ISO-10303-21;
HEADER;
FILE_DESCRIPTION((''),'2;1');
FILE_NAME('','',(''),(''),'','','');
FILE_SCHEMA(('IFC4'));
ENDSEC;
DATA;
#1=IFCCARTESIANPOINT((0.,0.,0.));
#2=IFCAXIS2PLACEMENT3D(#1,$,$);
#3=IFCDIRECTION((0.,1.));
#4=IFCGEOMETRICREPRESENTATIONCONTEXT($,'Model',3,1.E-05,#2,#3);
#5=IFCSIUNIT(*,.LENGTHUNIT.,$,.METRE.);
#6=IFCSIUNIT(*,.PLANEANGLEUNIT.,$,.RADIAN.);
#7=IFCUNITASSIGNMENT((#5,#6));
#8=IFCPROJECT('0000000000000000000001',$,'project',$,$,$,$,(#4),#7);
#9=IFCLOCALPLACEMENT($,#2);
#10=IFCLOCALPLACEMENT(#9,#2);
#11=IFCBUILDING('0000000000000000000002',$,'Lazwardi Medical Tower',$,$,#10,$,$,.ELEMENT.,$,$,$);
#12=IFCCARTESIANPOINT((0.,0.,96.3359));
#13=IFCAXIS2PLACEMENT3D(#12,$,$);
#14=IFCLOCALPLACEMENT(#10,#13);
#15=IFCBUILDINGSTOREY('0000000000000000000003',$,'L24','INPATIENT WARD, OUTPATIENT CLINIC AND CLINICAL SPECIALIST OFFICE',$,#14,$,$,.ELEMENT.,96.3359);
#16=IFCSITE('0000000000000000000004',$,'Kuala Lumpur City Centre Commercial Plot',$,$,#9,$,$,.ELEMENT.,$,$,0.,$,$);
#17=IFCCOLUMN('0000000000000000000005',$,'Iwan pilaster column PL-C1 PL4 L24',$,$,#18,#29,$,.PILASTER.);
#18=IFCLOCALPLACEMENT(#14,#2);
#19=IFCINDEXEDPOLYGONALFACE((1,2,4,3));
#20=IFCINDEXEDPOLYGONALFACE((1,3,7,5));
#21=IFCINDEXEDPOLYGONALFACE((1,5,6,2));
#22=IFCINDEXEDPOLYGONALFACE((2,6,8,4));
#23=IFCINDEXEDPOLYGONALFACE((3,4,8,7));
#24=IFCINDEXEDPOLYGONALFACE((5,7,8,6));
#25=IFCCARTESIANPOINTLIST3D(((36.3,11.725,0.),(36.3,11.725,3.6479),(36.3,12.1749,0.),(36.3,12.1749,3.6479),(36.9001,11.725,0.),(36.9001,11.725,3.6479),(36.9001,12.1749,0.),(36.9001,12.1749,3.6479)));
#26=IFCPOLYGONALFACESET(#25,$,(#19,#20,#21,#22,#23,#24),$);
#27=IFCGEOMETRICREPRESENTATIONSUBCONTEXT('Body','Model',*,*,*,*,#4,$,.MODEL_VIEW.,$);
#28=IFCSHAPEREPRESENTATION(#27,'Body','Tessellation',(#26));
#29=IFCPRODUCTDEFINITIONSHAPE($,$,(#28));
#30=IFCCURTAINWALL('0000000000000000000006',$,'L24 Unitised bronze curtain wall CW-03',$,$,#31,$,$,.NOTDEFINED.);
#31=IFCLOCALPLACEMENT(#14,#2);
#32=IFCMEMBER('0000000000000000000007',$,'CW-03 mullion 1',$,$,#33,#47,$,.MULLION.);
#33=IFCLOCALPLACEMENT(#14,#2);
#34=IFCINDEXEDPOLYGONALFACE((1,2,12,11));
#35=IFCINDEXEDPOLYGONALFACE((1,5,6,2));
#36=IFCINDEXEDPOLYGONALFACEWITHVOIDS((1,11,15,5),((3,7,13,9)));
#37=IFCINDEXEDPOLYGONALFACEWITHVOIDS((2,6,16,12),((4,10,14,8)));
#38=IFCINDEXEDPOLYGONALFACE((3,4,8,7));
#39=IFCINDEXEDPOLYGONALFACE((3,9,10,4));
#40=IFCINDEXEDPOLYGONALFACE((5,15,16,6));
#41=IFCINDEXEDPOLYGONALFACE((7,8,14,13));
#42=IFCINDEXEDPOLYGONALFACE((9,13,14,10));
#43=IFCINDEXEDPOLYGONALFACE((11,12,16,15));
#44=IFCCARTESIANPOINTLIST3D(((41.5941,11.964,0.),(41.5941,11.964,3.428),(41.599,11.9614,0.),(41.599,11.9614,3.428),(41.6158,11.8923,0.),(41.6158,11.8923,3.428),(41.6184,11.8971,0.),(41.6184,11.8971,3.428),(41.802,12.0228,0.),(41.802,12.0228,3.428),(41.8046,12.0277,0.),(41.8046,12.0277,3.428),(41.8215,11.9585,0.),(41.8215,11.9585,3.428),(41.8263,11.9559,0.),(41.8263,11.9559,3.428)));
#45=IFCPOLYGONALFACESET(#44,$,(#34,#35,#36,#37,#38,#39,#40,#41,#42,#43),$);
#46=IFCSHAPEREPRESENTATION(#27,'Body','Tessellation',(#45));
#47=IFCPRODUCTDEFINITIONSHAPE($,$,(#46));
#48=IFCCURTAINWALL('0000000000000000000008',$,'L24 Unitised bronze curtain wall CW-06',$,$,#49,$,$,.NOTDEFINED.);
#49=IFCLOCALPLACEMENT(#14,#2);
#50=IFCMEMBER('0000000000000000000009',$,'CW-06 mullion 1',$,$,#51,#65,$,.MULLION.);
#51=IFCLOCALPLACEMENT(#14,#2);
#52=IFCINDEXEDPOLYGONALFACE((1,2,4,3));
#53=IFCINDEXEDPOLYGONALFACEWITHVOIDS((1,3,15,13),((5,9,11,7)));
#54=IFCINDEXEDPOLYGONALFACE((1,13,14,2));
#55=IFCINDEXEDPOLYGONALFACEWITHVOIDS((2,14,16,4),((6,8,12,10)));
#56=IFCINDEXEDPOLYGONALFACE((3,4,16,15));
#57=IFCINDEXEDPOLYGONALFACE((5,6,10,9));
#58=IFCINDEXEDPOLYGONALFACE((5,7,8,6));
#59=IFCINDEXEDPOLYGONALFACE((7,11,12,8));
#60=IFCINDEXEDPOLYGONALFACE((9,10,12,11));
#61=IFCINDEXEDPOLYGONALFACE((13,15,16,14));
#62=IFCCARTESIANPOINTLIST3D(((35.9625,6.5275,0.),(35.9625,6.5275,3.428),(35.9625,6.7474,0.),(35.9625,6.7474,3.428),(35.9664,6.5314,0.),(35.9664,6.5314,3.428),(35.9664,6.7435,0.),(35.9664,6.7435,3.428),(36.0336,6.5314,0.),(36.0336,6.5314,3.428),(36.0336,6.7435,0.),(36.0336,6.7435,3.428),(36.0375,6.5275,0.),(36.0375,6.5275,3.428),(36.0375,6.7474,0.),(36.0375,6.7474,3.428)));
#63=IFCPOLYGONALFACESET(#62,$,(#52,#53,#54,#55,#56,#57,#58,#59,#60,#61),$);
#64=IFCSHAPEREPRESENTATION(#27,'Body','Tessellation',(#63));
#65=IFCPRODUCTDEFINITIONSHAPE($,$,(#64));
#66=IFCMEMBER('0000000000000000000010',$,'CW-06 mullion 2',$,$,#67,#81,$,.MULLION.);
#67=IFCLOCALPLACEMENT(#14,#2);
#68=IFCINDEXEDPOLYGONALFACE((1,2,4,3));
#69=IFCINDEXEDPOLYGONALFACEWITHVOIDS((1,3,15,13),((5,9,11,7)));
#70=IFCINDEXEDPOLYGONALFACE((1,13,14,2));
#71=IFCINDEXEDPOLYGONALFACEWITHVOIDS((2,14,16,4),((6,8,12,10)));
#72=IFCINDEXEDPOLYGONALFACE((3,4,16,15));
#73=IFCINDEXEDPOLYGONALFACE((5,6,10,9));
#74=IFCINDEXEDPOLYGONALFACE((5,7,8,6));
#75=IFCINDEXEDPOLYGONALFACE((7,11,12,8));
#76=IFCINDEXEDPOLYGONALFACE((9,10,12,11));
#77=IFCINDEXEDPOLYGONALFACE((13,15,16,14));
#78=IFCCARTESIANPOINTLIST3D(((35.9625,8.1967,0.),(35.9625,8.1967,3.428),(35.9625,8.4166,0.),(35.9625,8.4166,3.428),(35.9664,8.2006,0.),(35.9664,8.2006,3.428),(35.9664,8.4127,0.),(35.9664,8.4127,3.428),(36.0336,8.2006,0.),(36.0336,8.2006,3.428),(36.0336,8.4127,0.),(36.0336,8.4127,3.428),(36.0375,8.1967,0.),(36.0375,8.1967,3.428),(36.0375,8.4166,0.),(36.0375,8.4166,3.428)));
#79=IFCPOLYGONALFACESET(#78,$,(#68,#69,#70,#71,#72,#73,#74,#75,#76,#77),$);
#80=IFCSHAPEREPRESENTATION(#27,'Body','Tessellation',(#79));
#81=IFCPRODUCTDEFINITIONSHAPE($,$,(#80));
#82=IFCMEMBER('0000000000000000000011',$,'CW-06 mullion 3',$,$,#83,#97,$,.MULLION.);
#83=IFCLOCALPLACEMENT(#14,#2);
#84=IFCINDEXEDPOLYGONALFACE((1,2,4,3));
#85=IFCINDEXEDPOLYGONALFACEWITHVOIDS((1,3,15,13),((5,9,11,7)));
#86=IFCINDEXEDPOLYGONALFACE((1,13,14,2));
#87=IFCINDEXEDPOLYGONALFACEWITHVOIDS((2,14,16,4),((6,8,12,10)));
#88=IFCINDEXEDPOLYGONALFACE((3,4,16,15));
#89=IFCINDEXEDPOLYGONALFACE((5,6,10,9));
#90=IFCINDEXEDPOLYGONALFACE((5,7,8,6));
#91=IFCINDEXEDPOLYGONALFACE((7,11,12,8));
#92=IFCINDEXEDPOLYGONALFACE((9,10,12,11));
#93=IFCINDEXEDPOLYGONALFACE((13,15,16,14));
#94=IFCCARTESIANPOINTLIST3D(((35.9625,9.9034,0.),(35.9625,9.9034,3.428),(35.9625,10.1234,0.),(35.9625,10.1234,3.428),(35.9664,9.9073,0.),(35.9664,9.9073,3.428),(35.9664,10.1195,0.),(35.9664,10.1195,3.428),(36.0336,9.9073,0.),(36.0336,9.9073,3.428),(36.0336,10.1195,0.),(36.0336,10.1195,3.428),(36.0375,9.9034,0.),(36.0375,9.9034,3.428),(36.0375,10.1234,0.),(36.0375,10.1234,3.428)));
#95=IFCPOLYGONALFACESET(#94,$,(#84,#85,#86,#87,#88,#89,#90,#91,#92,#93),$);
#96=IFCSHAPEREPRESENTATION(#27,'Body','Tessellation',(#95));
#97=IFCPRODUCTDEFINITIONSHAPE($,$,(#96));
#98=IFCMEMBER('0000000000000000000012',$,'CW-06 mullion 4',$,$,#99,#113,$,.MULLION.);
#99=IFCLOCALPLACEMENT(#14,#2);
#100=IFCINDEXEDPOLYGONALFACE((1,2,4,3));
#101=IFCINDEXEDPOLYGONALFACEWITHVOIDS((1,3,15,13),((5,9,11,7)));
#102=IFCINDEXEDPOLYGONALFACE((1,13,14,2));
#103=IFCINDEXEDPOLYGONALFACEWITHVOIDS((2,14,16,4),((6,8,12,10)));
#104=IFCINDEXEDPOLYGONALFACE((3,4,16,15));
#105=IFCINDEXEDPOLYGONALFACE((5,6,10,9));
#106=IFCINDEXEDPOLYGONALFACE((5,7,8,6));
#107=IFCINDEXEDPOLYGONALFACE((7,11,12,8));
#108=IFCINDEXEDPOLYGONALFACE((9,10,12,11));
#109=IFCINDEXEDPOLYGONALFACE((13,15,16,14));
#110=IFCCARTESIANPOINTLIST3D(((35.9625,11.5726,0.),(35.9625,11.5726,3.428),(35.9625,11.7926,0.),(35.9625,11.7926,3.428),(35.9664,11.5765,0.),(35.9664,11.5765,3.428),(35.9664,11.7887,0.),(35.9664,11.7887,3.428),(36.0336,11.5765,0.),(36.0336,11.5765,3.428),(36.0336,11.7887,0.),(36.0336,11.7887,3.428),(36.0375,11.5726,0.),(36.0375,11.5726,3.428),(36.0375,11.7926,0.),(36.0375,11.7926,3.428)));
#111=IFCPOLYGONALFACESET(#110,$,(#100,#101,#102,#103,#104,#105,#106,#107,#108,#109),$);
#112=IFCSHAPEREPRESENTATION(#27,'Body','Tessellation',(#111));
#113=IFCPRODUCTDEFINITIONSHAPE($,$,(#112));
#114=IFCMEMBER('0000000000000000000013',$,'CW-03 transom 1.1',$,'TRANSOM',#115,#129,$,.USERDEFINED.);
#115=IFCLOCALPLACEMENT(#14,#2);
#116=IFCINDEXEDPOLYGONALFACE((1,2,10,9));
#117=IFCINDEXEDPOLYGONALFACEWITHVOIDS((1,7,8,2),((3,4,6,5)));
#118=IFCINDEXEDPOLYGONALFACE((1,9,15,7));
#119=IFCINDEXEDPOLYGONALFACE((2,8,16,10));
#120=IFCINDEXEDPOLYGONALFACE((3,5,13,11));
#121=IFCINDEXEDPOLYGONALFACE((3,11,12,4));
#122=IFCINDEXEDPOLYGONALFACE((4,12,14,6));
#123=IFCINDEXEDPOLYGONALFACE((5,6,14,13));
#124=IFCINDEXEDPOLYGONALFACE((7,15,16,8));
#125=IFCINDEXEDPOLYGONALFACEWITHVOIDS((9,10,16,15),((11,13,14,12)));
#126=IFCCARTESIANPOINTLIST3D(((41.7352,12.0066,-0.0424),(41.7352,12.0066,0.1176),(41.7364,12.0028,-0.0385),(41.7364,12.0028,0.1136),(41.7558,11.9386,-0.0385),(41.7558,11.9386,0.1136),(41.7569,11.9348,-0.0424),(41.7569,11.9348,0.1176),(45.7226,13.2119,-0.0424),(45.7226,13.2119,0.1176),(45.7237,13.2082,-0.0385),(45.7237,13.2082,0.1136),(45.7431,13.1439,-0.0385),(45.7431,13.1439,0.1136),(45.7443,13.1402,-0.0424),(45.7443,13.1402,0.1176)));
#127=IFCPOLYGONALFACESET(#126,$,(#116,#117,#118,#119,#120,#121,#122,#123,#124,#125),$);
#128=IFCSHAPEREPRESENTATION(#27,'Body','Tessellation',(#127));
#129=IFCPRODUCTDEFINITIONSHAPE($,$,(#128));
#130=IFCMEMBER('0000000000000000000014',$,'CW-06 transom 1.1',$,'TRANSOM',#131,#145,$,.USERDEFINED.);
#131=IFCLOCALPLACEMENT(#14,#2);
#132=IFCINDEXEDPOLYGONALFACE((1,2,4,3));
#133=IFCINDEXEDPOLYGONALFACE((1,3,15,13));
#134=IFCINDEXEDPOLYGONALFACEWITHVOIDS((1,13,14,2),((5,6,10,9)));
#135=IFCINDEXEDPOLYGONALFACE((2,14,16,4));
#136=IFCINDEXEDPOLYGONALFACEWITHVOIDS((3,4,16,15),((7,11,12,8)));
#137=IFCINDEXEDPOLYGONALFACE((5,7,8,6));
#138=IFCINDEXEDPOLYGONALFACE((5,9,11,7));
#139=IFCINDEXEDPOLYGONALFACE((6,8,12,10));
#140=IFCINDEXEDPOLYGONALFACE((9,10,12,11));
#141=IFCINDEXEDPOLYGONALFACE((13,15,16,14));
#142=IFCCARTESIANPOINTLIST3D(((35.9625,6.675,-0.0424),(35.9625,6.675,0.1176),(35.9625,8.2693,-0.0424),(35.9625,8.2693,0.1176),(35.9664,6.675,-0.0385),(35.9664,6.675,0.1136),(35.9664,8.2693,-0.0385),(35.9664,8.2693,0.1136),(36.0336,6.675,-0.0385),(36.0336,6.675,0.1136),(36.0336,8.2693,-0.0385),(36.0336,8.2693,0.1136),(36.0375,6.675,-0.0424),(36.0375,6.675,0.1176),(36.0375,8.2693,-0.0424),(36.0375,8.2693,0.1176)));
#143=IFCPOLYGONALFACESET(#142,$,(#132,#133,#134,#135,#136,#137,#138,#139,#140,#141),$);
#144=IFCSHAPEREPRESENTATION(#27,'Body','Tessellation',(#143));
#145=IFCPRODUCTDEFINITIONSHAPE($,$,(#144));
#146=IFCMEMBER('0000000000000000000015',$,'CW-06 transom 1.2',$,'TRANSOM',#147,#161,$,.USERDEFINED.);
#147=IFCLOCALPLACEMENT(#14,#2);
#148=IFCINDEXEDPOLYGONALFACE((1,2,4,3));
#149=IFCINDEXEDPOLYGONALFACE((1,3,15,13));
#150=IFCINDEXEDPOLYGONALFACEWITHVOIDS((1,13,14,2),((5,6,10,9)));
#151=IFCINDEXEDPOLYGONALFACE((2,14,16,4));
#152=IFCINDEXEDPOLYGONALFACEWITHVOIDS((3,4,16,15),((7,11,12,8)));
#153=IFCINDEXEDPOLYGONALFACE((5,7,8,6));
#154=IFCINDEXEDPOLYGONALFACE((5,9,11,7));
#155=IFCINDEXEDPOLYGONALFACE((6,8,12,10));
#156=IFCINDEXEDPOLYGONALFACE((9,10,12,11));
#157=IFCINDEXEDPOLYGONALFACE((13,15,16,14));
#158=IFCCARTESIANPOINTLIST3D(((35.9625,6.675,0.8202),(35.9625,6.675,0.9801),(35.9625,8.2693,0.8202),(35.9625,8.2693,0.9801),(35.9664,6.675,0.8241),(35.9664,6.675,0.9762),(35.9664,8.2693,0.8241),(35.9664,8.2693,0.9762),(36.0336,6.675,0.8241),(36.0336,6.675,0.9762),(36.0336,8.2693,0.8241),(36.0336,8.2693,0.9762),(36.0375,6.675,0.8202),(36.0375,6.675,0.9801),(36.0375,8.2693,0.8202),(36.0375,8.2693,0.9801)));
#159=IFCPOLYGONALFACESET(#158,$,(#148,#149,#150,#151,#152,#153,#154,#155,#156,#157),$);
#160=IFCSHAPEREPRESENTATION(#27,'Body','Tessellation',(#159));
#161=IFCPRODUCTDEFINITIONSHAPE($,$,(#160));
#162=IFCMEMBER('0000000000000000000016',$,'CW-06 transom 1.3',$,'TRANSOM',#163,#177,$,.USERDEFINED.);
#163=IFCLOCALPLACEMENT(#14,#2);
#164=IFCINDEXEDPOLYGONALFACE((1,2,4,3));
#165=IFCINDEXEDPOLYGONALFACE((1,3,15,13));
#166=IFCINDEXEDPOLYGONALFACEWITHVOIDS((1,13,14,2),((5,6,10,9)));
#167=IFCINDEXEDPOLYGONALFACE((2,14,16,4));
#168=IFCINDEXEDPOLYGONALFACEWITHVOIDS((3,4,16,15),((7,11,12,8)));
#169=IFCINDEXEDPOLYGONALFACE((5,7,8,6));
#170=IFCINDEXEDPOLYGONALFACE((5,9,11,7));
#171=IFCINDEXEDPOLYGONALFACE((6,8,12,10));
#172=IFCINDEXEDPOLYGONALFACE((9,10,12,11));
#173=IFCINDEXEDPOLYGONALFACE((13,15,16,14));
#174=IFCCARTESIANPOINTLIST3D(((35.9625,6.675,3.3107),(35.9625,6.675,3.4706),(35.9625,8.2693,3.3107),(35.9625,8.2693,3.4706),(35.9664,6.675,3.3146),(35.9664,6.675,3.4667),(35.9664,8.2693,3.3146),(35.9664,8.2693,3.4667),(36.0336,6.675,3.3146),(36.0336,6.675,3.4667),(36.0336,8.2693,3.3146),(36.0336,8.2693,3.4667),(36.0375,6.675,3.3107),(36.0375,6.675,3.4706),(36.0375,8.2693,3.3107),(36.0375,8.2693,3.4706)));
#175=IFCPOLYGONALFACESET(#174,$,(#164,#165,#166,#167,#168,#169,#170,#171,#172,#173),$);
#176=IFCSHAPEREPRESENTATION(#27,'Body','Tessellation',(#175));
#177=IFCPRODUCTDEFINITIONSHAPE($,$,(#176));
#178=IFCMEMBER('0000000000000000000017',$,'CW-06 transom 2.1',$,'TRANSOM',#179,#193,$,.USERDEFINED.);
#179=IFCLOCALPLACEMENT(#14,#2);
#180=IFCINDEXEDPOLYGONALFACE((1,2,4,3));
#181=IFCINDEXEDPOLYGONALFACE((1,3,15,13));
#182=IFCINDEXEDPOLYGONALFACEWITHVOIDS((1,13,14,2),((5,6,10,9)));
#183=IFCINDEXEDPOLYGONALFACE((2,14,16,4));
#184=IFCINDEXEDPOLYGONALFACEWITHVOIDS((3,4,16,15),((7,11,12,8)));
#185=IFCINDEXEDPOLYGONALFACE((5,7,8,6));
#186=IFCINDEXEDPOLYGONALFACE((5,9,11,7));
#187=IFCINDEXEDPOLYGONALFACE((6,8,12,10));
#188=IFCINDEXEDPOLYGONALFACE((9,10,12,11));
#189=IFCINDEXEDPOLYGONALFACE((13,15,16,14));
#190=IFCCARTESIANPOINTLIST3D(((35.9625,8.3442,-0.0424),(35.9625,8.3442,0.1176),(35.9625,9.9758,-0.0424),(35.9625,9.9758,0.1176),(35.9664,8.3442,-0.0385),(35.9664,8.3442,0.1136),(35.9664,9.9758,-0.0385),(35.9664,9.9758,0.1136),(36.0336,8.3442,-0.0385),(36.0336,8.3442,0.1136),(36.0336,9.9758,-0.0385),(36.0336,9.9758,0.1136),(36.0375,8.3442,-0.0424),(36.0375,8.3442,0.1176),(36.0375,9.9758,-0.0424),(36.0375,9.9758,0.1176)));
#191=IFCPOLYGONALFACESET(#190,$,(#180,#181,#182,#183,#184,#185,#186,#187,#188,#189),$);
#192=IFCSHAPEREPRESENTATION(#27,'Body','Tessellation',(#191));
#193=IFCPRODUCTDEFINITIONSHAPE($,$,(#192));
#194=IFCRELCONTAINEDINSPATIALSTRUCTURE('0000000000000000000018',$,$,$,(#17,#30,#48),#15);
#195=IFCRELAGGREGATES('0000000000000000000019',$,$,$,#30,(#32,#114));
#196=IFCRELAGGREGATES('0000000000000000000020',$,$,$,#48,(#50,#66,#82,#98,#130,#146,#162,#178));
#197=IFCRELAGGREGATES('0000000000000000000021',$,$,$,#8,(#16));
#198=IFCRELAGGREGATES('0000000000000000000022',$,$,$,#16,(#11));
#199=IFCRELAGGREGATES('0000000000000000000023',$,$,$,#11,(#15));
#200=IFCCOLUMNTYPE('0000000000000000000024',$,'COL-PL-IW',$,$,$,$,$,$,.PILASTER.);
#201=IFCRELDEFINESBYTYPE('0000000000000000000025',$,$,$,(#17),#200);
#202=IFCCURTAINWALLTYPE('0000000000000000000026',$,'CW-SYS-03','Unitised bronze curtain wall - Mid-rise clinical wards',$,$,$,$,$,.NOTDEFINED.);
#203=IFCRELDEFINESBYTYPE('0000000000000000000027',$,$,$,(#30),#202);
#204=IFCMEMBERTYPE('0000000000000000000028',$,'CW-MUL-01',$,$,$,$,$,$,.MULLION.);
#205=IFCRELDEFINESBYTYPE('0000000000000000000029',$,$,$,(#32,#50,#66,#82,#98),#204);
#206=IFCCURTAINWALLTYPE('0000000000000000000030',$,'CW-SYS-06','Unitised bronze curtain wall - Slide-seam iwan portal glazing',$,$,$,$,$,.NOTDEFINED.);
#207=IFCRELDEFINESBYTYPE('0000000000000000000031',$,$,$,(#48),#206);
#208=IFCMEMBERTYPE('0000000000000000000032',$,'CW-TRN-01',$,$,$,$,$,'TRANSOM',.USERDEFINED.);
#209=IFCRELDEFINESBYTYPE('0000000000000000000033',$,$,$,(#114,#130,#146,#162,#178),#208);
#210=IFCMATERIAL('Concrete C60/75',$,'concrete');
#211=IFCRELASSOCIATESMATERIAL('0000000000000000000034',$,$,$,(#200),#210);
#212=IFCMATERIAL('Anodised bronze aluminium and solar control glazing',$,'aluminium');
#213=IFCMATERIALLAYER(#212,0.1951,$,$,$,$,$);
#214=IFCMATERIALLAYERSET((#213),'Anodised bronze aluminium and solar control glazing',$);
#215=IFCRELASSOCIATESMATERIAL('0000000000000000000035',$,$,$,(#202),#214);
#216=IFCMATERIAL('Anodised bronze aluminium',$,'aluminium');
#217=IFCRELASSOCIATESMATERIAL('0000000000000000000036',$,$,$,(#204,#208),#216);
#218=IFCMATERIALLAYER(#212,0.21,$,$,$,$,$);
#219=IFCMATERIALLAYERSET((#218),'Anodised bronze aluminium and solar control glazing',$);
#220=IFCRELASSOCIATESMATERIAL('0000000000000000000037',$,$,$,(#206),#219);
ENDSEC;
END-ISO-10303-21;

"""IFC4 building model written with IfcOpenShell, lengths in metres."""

from ifc_helpers import new_model, si_unit, direction, frame, origin, origin_2d, place, context, subcontext, project, spatial, rectangle, hollow_rectangle, extrude, material, layer, layer_set, material_profile, profile_set, type_object, element, aggregate, save


model = new_model("IFC4")

# Units and contexts
model_context = context("Model", 3, precision=1e-05, world=origin(), true_north=direction((0.0, 1.0)))
body_context = subcontext(model_context, "Body", "Model", "MODEL_VIEW")
ifc_project = project(units=[si_unit("LENGTHUNIT", "METRE"), si_unit("PLANEANGLEUNIT", "RADIAN")], contexts=[model_context])

# Site, building, storey
site_placement = place(None, origin())
site = spatial("IfcSite", under=ifc_project, at=site_placement, Name="Kuala Lumpur City Centre Commercial Plot", CompositionType="ELEMENT", RefElevation=0.0)
building_placement = place(site_placement, origin())
building = spatial("IfcBuilding", under=site, at=building_placement, Name="Lazwardi Medical Tower", CompositionType="ELEMENT")
storey_placement = place(building_placement, frame((0.0, 0.0, 96.3359)))
storey = spatial("IfcBuildingStorey", under=building, at=storey_placement, Name="L24", Description="INPATIENT WARD, OUTPATIENT CLINIC AND CLINICAL SPECIALIST OFFICE", CompositionType="ELEMENT", Elevation=96.3359)

# Column
ifc_material_1 = material(Name="Concrete C60/75", Category="concrete")
ifc_material_profile_1 = material_profile(ifc_material_1, rectangle(XDim=0.6001, YDim=0.45, at=origin_2d()), Name="RC 600x450")
ifc_profile_set_1 = profile_set([ifc_material_profile_1], Name="Concrete C60/75")
column_type = type_object("IfcColumnType", Name="COL-PL-IW", PredefinedType="PILASTER", material=ifc_profile_set_1)
column_placement = place(storey_placement, frame((36.6001, 11.95, 0.0), z_axis=(0.0, 0.0, 1.0), x_axis=(1.0, 0.0, 0.0)))
element("IfcColumn", 1, at=column_placement, inside=storey, type_object=column_type, Name="Iwan pilaster column PL-C1 PL4 L24", PredefinedType="PILASTER", context=body_context, shape_type="SweptSolid", body=[
    extrude(rectangle(XDim=0.6001, YDim=0.45, at=origin_2d()), origin(), (0.0, 0.0, 1.0), 3.6479),
])

# Curtain wall, member
ifc_material_2 = material(Name="Anodised bronze aluminium and solar control glazing", Category="aluminium")
ifc_layer_1 = layer(ifc_material_2, 0.1951)
ifc_layer_set_1 = layer_set([ifc_layer_1], Name="Anodised bronze aluminium and solar control glazing")
curtain_wall_type_1 = type_object("IfcCurtainWallType", Name="CW-SYS-03", Description="Unitised bronze curtain wall - Mid-rise clinical wards", PredefinedType="NOTDEFINED", material=ifc_layer_set_1)
curtain_wall_1_placement = place(storey_placement, origin())
curtain_wall_1 = element("IfcCurtainWall", 2, at=curtain_wall_1_placement, inside=storey, type_object=curtain_wall_type_1, Name="L24 Unitised bronze curtain wall CW-03", PredefinedType="NOTDEFINED")
ifc_material_3 = material(Name="Anodised bronze aluminium", Category="aluminium")
ifc_material_profile_2 = material_profile(ifc_material_3, hollow_rectangle(XDim=0.075, YDim=0.22, WallThickness=0.0039, at=origin_2d()), Name="ALU-MULLION 220x75x4")
ifc_profile_set_2 = profile_set([ifc_material_profile_2], Name="Anodised bronze aluminium")
member_type_1 = type_object("IfcMemberType", Name="CW-MUL-01", PredefinedType="MULLION", material=ifc_profile_set_2)
member_1_placement = place(storey_placement, frame((41.7102, 11.96, 0.0), z_axis=(0.0, 0.0, 1.0), x_axis=(-0.289374, 0.957216, 0.0)))
member_1 = element("IfcMember", 3, at=member_1_placement, type_object=member_type_1, Name="CW-03 mullion 1", PredefinedType="MULLION", context=body_context, shape_type="SweptSolid", body=[
    extrude(hollow_rectangle(XDim=0.075, YDim=0.22, WallThickness=0.0039, at=origin_2d()), origin(), (0.0, 0.0, 1.0), 3.428),
])

# Curtain wall, members
ifc_layer_2 = layer(ifc_material_2, 0.21)
ifc_layer_set_2 = layer_set([ifc_layer_2], Name="Anodised bronze aluminium and solar control glazing")
curtain_wall_type_2 = type_object("IfcCurtainWallType", Name="CW-SYS-06", Description="Unitised bronze curtain wall - Slide-seam iwan portal glazing", PredefinedType="NOTDEFINED", material=ifc_layer_set_2)
curtain_wall_2_placement = place(storey_placement, origin())
curtain_wall_2 = element("IfcCurtainWall", 4, at=curtain_wall_2_placement, inside=storey, type_object=curtain_wall_type_2, Name="L24 Unitised bronze curtain wall CW-06", PredefinedType="NOTDEFINED")
member_2_placement = place(storey_placement, frame((36.0, 6.6375, 0.0), z_axis=(0.0, 0.0, 1.0), x_axis=(-1.0, 0.0, 0.0)))
member_2 = element("IfcMember", 5, at=member_2_placement, type_object=member_type_1, Name="CW-06 mullion 1", PredefinedType="MULLION", context=body_context, shape_type="SweptSolid", body=[
    extrude(hollow_rectangle(XDim=0.075, YDim=0.22, WallThickness=0.0039, at=origin_2d()), origin(), (0.0, 0.0, 1.0), 3.428),
])
member_3_placement = place(storey_placement, frame((36.0, 8.3066, 0.0), z_axis=(0.0, 0.0, 1.0), x_axis=(-1.0, 0.0, 0.0)))
member_3 = element("IfcMember", 6, at=member_3_placement, type_object=member_type_1, Name="CW-06 mullion 2", PredefinedType="MULLION", context=body_context, shape_type="SweptSolid", body=[
    extrude(hollow_rectangle(XDim=0.075, YDim=0.22, WallThickness=0.0039, at=origin_2d()), origin(), (0.0, 0.0, 1.0), 3.428),
])
member_4_placement = place(storey_placement, frame((36.0, 10.0134, 0.0), z_axis=(0.0, 0.0, 1.0), x_axis=(-1.0, 0.0, 0.0)))
member_4 = element("IfcMember", 7, at=member_4_placement, type_object=member_type_1, Name="CW-06 mullion 3", PredefinedType="MULLION", context=body_context, shape_type="SweptSolid", body=[
    extrude(hollow_rectangle(XDim=0.075, YDim=0.22, WallThickness=0.0039, at=origin_2d()), origin(), (0.0, 0.0, 1.0), 3.428),
])
member_5_placement = place(storey_placement, frame((36.0, 11.6826, 0.0), z_axis=(0.0, 0.0, 1.0), x_axis=(-1.0, 0.0, 0.0)))
member_5 = element("IfcMember", 8, at=member_5_placement, type_object=member_type_1, Name="CW-06 mullion 4", PredefinedType="MULLION", context=body_context, shape_type="SweptSolid", body=[
    extrude(hollow_rectangle(XDim=0.075, YDim=0.22, WallThickness=0.0039, at=origin_2d()), origin(), (0.0, 0.0, 1.0), 3.428),
])

# Members
ifc_material_profile_3 = material_profile(ifc_material_3, hollow_rectangle(XDim=0.075, YDim=0.1599, WallThickness=0.0039, at=origin_2d()), Name="ALU-TRANSOM 160x75x4")
ifc_profile_set_3 = profile_set([ifc_material_profile_3], Name="Anodised bronze aluminium")
member_type_2 = type_object("IfcMemberType", Name="CW-TRN-01", ElementType="TRANSOM", PredefinedType="USERDEFINED", material=ifc_profile_set_3)
member_6_placement = place(storey_placement, frame((41.7461, 11.9707, 0.0376), z_axis=(0.957221, 0.289358, 0.0), x_axis=(-0.289358, 0.957221, 0.0)))
member_6 = element("IfcMember", 9, at=member_6_placement, type_object=member_type_2, Name="CW-03 transom 1.1", ObjectType="TRANSOM", PredefinedType="USERDEFINED", context=body_context, shape_type="SweptSolid", body=[
    extrude(hollow_rectangle(XDim=0.075, YDim=0.1599, WallThickness=0.0039, at=origin_2d()), origin(), (0.0, 0.0, 1.0), 4.1655),
])
aggregate(curtain_wall_1, [member_1, member_6])
member_7_placement = place(storey_placement, frame((36.0, 6.675, 0.0376), z_axis=(0.0, 1.0, 0.0), x_axis=(-1.0, 0.0, 0.0)))
member_7 = element("IfcMember", 10, at=member_7_placement, type_object=member_type_2, Name="CW-06 transom 1.1", ObjectType="TRANSOM", PredefinedType="USERDEFINED", context=body_context, shape_type="SweptSolid", body=[
    extrude(hollow_rectangle(XDim=0.075, YDim=0.1599, WallThickness=0.0039, at=origin_2d()), origin(), (0.0, 0.0, 1.0), 1.5942),
])
member_8_placement = place(storey_placement, frame((36.0, 6.675, 0.9001), z_axis=(0.0, 1.0, 0.0), x_axis=(-1.0, 0.0, 0.0)))
member_8 = element("IfcMember", 11, at=member_8_placement, type_object=member_type_2, Name="CW-06 transom 1.2", ObjectType="TRANSOM", PredefinedType="USERDEFINED", context=body_context, shape_type="SweptSolid", body=[
    extrude(hollow_rectangle(XDim=0.075, YDim=0.1599, WallThickness=0.0039, at=origin_2d()), origin(), (0.0, 0.0, 1.0), 1.5942),
])
member_9_placement = place(storey_placement, frame((36.0, 6.675, 3.3906), z_axis=(0.0, 1.0, 0.0), x_axis=(-1.0, 0.0, 0.0)))
member_9 = element("IfcMember", 12, at=member_9_placement, type_object=member_type_2, Name="CW-06 transom 1.3", ObjectType="TRANSOM", PredefinedType="USERDEFINED", context=body_context, shape_type="SweptSolid", body=[
    extrude(hollow_rectangle(XDim=0.075, YDim=0.1599, WallThickness=0.0039, at=origin_2d()), origin(), (0.0, 0.0, 1.0), 1.5942),
])
member_10_placement = place(storey_placement, frame((36.0, 8.3442, 0.0376), z_axis=(0.0, 1.0, 0.0), x_axis=(-1.0, 0.0, 0.0)))
member_10 = element("IfcMember", 13, at=member_10_placement, type_object=member_type_2, Name="CW-06 transom 2.1", ObjectType="TRANSOM", PredefinedType="USERDEFINED", context=body_context, shape_type="SweptSolid", body=[
    extrude(hollow_rectangle(XDim=0.075, YDim=0.1599, WallThickness=0.0039, at=origin_2d()), origin(), (0.0, 0.0, 1.0), 1.6316),
])

aggregate(curtain_wall_2, [member_2, member_3, member_4, member_5, member_7, member_8, member_9, member_10])

save(model, "model.ifc")
